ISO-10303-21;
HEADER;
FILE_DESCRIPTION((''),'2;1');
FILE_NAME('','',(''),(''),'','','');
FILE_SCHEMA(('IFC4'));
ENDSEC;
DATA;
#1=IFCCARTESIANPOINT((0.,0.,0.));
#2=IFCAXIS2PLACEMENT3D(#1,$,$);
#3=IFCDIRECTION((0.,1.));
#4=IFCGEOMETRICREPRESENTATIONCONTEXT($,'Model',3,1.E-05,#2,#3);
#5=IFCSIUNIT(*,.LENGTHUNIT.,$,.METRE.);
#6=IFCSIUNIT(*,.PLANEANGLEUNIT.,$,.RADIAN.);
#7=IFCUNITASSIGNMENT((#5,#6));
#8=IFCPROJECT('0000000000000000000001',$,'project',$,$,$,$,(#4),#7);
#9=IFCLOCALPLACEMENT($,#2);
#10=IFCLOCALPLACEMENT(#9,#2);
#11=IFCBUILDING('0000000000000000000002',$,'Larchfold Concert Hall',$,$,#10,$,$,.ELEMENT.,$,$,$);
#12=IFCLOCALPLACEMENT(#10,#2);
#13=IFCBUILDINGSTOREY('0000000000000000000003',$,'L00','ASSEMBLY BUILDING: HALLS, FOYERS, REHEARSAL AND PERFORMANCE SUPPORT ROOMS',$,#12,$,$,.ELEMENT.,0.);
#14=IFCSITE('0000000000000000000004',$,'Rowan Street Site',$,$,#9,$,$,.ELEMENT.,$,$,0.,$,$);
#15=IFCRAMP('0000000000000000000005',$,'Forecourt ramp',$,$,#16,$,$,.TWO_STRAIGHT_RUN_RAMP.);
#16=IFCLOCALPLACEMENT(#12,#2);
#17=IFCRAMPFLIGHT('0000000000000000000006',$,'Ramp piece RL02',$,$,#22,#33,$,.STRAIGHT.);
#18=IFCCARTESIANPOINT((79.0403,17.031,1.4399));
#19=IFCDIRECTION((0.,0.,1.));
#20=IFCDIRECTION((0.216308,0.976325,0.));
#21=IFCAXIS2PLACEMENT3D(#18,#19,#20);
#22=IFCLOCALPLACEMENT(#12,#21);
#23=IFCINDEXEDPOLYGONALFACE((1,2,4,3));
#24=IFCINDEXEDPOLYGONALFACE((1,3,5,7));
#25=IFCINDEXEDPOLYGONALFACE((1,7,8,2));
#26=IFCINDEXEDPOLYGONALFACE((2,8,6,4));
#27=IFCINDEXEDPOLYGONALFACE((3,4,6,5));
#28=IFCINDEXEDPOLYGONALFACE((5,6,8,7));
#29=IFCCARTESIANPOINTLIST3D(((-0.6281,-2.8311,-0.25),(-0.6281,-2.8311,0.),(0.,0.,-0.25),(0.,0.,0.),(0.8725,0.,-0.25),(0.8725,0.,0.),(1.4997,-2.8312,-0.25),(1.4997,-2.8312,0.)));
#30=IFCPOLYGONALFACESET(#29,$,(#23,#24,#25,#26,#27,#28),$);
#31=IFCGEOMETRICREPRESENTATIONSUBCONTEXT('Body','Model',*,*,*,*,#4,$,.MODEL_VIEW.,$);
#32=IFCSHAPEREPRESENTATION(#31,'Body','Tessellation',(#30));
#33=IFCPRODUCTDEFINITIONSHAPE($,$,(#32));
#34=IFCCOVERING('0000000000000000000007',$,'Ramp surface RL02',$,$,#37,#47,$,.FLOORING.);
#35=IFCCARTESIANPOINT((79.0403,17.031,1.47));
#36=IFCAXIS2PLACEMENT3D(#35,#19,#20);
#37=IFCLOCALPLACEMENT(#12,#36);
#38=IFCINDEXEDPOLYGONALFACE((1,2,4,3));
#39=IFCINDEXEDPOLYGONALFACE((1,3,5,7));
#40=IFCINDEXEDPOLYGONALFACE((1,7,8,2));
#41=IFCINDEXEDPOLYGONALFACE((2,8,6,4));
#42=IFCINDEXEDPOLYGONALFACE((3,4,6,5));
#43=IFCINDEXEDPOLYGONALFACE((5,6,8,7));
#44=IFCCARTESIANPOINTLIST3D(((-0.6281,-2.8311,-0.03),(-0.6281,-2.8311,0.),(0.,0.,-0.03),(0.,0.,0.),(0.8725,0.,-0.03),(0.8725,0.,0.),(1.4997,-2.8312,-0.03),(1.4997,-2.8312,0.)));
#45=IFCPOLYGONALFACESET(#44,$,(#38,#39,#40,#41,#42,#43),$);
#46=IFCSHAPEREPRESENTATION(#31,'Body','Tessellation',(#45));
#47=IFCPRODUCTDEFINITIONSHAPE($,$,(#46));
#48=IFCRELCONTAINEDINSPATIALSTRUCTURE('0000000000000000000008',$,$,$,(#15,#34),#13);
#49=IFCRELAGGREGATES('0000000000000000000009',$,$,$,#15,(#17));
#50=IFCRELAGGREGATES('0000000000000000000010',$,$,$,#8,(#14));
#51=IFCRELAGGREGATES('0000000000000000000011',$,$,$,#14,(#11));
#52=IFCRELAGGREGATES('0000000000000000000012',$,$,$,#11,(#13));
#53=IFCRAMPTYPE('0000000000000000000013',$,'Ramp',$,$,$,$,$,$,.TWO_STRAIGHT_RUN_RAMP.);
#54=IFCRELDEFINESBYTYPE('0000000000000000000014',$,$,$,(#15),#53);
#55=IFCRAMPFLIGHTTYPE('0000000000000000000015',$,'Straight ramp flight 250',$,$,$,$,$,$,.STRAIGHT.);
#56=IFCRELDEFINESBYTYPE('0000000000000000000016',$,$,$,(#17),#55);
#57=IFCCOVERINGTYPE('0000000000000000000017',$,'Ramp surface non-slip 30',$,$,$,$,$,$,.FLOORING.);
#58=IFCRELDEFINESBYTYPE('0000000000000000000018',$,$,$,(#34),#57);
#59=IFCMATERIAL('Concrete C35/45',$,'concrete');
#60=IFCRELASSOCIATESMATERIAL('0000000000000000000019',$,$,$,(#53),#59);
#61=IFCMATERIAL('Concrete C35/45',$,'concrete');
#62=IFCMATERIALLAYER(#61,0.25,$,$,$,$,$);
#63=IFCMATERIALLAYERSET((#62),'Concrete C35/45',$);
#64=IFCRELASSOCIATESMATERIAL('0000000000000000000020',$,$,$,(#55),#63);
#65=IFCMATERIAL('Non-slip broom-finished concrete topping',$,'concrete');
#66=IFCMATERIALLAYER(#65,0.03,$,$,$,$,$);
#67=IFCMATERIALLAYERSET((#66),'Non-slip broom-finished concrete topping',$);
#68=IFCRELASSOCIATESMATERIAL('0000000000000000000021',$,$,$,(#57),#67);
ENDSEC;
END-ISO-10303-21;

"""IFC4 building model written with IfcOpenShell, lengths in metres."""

from ifc_helpers import new_model, si_unit, direction, frame, origin, place, context, subcontext, project, spatial, polyline, outline, extrude, material, layer, layer_set, type_object, element, aggregate, save


model = new_model("IFC4")

# Units and contexts
model_context = context("Model", 3, precision=1e-05, world=origin(), true_north=direction((0.0, 1.0)))
body_context = subcontext(model_context, "Body", "Model", "MODEL_VIEW")
ifc_project = project(units=[si_unit("LENGTHUNIT", "METRE"), si_unit("PLANEANGLEUNIT", "RADIAN")], contexts=[model_context])

# Site, building, storey
site_placement = place(None, origin())
site = spatial("IfcSite", under=ifc_project, at=site_placement, Name="Rowan Street Site", CompositionType="ELEMENT", RefElevation=0.0)
building_placement = place(site_placement, origin())
building = spatial("IfcBuilding", under=site, at=building_placement, Name="Larchfold Concert Hall", CompositionType="ELEMENT")
storey_placement = place(building_placement, origin())
storey = spatial("IfcBuildingStorey", under=building, at=storey_placement, Name="L00", Description="ASSEMBLY BUILDING: HALLS, FOYERS, REHEARSAL AND PERFORMANCE SUPPORT ROOMS", CompositionType="ELEMENT", Elevation=0.0)

# Ramp, ramp flight
ifc_material_1 = material(Name="Concrete C35/45", Category="concrete")
ramp_type = type_object("IfcRampType", Name="Ramp", PredefinedType="TWO_STRAIGHT_RUN_RAMP", material=ifc_material_1)
ramp_placement = place(storey_placement, origin())
ramp = element("IfcRamp", 1, at=ramp_placement, inside=storey, type_object=ramp_type, Name="Forecourt ramp", PredefinedType="TWO_STRAIGHT_RUN_RAMP")
ifc_material_2 = material(Name="Concrete C35/45", Category="concrete")
ifc_layer_1 = layer(ifc_material_2, 0.25)
ifc_layer_set_1 = layer_set([ifc_layer_1], Name="Concrete C35/45")
ramp_flight_type = type_object("IfcRampFlightType", Name="Straight ramp flight 250", PredefinedType="STRAIGHT", material=ifc_layer_set_1)
ramp_flight_1_placement = place(storey_placement, frame((79.0403, 17.031, 1.4399), z_axis=(0.0, 0.0, 1.0), x_axis=(0.216308, 0.976325, 0.0)))
ramp_flight_1 = element("IfcRampFlight", 2, at=ramp_flight_1_placement, type_object=ramp_flight_type, Name="Ramp piece RL02", PredefinedType="STRAIGHT", context=body_context, shape_type="SweptSolid", body=[
    extrude(outline(polyline([(0.0, 0.0), (0.8725, 0.0), (1.4997, -2.8312), (-0.6281, -2.8311), (0.0, 0.0)])), origin(), (0.0, 0.0, -1.0), 0.25),
])
aggregate(ramp, [ramp_flight_1])

# Covering
ifc_material_3 = material(Name="Non-slip broom-finished concrete topping", Category="concrete")
ifc_layer_2 = layer(ifc_material_3, 0.03)
ifc_layer_set_2 = layer_set([ifc_layer_2], Name="Non-slip broom-finished concrete topping")
covering_type = type_object("IfcCoveringType", Name="Ramp surface non-slip 30", PredefinedType="FLOORING", material=ifc_layer_set_2)
covering_1_placement = place(storey_placement, frame((79.0403, 17.031, 1.47), z_axis=(0.0, 0.0, 1.0), x_axis=(0.216308, 0.976325, 0.0)))
element("IfcCovering", 3, at=covering_1_placement, inside=storey, type_object=covering_type, Name="Ramp surface RL02", PredefinedType="FLOORING", context=body_context, shape_type="SweptSolid", body=[
    extrude(outline(polyline([(0.0, 0.0), (0.8725, 0.0), (1.4997, -2.8312), (-0.6281, -2.8311), (0.0, 0.0)])), origin(), (0.0, 0.0, -1.0), 0.03),
])

save(model, "model.ifc")
